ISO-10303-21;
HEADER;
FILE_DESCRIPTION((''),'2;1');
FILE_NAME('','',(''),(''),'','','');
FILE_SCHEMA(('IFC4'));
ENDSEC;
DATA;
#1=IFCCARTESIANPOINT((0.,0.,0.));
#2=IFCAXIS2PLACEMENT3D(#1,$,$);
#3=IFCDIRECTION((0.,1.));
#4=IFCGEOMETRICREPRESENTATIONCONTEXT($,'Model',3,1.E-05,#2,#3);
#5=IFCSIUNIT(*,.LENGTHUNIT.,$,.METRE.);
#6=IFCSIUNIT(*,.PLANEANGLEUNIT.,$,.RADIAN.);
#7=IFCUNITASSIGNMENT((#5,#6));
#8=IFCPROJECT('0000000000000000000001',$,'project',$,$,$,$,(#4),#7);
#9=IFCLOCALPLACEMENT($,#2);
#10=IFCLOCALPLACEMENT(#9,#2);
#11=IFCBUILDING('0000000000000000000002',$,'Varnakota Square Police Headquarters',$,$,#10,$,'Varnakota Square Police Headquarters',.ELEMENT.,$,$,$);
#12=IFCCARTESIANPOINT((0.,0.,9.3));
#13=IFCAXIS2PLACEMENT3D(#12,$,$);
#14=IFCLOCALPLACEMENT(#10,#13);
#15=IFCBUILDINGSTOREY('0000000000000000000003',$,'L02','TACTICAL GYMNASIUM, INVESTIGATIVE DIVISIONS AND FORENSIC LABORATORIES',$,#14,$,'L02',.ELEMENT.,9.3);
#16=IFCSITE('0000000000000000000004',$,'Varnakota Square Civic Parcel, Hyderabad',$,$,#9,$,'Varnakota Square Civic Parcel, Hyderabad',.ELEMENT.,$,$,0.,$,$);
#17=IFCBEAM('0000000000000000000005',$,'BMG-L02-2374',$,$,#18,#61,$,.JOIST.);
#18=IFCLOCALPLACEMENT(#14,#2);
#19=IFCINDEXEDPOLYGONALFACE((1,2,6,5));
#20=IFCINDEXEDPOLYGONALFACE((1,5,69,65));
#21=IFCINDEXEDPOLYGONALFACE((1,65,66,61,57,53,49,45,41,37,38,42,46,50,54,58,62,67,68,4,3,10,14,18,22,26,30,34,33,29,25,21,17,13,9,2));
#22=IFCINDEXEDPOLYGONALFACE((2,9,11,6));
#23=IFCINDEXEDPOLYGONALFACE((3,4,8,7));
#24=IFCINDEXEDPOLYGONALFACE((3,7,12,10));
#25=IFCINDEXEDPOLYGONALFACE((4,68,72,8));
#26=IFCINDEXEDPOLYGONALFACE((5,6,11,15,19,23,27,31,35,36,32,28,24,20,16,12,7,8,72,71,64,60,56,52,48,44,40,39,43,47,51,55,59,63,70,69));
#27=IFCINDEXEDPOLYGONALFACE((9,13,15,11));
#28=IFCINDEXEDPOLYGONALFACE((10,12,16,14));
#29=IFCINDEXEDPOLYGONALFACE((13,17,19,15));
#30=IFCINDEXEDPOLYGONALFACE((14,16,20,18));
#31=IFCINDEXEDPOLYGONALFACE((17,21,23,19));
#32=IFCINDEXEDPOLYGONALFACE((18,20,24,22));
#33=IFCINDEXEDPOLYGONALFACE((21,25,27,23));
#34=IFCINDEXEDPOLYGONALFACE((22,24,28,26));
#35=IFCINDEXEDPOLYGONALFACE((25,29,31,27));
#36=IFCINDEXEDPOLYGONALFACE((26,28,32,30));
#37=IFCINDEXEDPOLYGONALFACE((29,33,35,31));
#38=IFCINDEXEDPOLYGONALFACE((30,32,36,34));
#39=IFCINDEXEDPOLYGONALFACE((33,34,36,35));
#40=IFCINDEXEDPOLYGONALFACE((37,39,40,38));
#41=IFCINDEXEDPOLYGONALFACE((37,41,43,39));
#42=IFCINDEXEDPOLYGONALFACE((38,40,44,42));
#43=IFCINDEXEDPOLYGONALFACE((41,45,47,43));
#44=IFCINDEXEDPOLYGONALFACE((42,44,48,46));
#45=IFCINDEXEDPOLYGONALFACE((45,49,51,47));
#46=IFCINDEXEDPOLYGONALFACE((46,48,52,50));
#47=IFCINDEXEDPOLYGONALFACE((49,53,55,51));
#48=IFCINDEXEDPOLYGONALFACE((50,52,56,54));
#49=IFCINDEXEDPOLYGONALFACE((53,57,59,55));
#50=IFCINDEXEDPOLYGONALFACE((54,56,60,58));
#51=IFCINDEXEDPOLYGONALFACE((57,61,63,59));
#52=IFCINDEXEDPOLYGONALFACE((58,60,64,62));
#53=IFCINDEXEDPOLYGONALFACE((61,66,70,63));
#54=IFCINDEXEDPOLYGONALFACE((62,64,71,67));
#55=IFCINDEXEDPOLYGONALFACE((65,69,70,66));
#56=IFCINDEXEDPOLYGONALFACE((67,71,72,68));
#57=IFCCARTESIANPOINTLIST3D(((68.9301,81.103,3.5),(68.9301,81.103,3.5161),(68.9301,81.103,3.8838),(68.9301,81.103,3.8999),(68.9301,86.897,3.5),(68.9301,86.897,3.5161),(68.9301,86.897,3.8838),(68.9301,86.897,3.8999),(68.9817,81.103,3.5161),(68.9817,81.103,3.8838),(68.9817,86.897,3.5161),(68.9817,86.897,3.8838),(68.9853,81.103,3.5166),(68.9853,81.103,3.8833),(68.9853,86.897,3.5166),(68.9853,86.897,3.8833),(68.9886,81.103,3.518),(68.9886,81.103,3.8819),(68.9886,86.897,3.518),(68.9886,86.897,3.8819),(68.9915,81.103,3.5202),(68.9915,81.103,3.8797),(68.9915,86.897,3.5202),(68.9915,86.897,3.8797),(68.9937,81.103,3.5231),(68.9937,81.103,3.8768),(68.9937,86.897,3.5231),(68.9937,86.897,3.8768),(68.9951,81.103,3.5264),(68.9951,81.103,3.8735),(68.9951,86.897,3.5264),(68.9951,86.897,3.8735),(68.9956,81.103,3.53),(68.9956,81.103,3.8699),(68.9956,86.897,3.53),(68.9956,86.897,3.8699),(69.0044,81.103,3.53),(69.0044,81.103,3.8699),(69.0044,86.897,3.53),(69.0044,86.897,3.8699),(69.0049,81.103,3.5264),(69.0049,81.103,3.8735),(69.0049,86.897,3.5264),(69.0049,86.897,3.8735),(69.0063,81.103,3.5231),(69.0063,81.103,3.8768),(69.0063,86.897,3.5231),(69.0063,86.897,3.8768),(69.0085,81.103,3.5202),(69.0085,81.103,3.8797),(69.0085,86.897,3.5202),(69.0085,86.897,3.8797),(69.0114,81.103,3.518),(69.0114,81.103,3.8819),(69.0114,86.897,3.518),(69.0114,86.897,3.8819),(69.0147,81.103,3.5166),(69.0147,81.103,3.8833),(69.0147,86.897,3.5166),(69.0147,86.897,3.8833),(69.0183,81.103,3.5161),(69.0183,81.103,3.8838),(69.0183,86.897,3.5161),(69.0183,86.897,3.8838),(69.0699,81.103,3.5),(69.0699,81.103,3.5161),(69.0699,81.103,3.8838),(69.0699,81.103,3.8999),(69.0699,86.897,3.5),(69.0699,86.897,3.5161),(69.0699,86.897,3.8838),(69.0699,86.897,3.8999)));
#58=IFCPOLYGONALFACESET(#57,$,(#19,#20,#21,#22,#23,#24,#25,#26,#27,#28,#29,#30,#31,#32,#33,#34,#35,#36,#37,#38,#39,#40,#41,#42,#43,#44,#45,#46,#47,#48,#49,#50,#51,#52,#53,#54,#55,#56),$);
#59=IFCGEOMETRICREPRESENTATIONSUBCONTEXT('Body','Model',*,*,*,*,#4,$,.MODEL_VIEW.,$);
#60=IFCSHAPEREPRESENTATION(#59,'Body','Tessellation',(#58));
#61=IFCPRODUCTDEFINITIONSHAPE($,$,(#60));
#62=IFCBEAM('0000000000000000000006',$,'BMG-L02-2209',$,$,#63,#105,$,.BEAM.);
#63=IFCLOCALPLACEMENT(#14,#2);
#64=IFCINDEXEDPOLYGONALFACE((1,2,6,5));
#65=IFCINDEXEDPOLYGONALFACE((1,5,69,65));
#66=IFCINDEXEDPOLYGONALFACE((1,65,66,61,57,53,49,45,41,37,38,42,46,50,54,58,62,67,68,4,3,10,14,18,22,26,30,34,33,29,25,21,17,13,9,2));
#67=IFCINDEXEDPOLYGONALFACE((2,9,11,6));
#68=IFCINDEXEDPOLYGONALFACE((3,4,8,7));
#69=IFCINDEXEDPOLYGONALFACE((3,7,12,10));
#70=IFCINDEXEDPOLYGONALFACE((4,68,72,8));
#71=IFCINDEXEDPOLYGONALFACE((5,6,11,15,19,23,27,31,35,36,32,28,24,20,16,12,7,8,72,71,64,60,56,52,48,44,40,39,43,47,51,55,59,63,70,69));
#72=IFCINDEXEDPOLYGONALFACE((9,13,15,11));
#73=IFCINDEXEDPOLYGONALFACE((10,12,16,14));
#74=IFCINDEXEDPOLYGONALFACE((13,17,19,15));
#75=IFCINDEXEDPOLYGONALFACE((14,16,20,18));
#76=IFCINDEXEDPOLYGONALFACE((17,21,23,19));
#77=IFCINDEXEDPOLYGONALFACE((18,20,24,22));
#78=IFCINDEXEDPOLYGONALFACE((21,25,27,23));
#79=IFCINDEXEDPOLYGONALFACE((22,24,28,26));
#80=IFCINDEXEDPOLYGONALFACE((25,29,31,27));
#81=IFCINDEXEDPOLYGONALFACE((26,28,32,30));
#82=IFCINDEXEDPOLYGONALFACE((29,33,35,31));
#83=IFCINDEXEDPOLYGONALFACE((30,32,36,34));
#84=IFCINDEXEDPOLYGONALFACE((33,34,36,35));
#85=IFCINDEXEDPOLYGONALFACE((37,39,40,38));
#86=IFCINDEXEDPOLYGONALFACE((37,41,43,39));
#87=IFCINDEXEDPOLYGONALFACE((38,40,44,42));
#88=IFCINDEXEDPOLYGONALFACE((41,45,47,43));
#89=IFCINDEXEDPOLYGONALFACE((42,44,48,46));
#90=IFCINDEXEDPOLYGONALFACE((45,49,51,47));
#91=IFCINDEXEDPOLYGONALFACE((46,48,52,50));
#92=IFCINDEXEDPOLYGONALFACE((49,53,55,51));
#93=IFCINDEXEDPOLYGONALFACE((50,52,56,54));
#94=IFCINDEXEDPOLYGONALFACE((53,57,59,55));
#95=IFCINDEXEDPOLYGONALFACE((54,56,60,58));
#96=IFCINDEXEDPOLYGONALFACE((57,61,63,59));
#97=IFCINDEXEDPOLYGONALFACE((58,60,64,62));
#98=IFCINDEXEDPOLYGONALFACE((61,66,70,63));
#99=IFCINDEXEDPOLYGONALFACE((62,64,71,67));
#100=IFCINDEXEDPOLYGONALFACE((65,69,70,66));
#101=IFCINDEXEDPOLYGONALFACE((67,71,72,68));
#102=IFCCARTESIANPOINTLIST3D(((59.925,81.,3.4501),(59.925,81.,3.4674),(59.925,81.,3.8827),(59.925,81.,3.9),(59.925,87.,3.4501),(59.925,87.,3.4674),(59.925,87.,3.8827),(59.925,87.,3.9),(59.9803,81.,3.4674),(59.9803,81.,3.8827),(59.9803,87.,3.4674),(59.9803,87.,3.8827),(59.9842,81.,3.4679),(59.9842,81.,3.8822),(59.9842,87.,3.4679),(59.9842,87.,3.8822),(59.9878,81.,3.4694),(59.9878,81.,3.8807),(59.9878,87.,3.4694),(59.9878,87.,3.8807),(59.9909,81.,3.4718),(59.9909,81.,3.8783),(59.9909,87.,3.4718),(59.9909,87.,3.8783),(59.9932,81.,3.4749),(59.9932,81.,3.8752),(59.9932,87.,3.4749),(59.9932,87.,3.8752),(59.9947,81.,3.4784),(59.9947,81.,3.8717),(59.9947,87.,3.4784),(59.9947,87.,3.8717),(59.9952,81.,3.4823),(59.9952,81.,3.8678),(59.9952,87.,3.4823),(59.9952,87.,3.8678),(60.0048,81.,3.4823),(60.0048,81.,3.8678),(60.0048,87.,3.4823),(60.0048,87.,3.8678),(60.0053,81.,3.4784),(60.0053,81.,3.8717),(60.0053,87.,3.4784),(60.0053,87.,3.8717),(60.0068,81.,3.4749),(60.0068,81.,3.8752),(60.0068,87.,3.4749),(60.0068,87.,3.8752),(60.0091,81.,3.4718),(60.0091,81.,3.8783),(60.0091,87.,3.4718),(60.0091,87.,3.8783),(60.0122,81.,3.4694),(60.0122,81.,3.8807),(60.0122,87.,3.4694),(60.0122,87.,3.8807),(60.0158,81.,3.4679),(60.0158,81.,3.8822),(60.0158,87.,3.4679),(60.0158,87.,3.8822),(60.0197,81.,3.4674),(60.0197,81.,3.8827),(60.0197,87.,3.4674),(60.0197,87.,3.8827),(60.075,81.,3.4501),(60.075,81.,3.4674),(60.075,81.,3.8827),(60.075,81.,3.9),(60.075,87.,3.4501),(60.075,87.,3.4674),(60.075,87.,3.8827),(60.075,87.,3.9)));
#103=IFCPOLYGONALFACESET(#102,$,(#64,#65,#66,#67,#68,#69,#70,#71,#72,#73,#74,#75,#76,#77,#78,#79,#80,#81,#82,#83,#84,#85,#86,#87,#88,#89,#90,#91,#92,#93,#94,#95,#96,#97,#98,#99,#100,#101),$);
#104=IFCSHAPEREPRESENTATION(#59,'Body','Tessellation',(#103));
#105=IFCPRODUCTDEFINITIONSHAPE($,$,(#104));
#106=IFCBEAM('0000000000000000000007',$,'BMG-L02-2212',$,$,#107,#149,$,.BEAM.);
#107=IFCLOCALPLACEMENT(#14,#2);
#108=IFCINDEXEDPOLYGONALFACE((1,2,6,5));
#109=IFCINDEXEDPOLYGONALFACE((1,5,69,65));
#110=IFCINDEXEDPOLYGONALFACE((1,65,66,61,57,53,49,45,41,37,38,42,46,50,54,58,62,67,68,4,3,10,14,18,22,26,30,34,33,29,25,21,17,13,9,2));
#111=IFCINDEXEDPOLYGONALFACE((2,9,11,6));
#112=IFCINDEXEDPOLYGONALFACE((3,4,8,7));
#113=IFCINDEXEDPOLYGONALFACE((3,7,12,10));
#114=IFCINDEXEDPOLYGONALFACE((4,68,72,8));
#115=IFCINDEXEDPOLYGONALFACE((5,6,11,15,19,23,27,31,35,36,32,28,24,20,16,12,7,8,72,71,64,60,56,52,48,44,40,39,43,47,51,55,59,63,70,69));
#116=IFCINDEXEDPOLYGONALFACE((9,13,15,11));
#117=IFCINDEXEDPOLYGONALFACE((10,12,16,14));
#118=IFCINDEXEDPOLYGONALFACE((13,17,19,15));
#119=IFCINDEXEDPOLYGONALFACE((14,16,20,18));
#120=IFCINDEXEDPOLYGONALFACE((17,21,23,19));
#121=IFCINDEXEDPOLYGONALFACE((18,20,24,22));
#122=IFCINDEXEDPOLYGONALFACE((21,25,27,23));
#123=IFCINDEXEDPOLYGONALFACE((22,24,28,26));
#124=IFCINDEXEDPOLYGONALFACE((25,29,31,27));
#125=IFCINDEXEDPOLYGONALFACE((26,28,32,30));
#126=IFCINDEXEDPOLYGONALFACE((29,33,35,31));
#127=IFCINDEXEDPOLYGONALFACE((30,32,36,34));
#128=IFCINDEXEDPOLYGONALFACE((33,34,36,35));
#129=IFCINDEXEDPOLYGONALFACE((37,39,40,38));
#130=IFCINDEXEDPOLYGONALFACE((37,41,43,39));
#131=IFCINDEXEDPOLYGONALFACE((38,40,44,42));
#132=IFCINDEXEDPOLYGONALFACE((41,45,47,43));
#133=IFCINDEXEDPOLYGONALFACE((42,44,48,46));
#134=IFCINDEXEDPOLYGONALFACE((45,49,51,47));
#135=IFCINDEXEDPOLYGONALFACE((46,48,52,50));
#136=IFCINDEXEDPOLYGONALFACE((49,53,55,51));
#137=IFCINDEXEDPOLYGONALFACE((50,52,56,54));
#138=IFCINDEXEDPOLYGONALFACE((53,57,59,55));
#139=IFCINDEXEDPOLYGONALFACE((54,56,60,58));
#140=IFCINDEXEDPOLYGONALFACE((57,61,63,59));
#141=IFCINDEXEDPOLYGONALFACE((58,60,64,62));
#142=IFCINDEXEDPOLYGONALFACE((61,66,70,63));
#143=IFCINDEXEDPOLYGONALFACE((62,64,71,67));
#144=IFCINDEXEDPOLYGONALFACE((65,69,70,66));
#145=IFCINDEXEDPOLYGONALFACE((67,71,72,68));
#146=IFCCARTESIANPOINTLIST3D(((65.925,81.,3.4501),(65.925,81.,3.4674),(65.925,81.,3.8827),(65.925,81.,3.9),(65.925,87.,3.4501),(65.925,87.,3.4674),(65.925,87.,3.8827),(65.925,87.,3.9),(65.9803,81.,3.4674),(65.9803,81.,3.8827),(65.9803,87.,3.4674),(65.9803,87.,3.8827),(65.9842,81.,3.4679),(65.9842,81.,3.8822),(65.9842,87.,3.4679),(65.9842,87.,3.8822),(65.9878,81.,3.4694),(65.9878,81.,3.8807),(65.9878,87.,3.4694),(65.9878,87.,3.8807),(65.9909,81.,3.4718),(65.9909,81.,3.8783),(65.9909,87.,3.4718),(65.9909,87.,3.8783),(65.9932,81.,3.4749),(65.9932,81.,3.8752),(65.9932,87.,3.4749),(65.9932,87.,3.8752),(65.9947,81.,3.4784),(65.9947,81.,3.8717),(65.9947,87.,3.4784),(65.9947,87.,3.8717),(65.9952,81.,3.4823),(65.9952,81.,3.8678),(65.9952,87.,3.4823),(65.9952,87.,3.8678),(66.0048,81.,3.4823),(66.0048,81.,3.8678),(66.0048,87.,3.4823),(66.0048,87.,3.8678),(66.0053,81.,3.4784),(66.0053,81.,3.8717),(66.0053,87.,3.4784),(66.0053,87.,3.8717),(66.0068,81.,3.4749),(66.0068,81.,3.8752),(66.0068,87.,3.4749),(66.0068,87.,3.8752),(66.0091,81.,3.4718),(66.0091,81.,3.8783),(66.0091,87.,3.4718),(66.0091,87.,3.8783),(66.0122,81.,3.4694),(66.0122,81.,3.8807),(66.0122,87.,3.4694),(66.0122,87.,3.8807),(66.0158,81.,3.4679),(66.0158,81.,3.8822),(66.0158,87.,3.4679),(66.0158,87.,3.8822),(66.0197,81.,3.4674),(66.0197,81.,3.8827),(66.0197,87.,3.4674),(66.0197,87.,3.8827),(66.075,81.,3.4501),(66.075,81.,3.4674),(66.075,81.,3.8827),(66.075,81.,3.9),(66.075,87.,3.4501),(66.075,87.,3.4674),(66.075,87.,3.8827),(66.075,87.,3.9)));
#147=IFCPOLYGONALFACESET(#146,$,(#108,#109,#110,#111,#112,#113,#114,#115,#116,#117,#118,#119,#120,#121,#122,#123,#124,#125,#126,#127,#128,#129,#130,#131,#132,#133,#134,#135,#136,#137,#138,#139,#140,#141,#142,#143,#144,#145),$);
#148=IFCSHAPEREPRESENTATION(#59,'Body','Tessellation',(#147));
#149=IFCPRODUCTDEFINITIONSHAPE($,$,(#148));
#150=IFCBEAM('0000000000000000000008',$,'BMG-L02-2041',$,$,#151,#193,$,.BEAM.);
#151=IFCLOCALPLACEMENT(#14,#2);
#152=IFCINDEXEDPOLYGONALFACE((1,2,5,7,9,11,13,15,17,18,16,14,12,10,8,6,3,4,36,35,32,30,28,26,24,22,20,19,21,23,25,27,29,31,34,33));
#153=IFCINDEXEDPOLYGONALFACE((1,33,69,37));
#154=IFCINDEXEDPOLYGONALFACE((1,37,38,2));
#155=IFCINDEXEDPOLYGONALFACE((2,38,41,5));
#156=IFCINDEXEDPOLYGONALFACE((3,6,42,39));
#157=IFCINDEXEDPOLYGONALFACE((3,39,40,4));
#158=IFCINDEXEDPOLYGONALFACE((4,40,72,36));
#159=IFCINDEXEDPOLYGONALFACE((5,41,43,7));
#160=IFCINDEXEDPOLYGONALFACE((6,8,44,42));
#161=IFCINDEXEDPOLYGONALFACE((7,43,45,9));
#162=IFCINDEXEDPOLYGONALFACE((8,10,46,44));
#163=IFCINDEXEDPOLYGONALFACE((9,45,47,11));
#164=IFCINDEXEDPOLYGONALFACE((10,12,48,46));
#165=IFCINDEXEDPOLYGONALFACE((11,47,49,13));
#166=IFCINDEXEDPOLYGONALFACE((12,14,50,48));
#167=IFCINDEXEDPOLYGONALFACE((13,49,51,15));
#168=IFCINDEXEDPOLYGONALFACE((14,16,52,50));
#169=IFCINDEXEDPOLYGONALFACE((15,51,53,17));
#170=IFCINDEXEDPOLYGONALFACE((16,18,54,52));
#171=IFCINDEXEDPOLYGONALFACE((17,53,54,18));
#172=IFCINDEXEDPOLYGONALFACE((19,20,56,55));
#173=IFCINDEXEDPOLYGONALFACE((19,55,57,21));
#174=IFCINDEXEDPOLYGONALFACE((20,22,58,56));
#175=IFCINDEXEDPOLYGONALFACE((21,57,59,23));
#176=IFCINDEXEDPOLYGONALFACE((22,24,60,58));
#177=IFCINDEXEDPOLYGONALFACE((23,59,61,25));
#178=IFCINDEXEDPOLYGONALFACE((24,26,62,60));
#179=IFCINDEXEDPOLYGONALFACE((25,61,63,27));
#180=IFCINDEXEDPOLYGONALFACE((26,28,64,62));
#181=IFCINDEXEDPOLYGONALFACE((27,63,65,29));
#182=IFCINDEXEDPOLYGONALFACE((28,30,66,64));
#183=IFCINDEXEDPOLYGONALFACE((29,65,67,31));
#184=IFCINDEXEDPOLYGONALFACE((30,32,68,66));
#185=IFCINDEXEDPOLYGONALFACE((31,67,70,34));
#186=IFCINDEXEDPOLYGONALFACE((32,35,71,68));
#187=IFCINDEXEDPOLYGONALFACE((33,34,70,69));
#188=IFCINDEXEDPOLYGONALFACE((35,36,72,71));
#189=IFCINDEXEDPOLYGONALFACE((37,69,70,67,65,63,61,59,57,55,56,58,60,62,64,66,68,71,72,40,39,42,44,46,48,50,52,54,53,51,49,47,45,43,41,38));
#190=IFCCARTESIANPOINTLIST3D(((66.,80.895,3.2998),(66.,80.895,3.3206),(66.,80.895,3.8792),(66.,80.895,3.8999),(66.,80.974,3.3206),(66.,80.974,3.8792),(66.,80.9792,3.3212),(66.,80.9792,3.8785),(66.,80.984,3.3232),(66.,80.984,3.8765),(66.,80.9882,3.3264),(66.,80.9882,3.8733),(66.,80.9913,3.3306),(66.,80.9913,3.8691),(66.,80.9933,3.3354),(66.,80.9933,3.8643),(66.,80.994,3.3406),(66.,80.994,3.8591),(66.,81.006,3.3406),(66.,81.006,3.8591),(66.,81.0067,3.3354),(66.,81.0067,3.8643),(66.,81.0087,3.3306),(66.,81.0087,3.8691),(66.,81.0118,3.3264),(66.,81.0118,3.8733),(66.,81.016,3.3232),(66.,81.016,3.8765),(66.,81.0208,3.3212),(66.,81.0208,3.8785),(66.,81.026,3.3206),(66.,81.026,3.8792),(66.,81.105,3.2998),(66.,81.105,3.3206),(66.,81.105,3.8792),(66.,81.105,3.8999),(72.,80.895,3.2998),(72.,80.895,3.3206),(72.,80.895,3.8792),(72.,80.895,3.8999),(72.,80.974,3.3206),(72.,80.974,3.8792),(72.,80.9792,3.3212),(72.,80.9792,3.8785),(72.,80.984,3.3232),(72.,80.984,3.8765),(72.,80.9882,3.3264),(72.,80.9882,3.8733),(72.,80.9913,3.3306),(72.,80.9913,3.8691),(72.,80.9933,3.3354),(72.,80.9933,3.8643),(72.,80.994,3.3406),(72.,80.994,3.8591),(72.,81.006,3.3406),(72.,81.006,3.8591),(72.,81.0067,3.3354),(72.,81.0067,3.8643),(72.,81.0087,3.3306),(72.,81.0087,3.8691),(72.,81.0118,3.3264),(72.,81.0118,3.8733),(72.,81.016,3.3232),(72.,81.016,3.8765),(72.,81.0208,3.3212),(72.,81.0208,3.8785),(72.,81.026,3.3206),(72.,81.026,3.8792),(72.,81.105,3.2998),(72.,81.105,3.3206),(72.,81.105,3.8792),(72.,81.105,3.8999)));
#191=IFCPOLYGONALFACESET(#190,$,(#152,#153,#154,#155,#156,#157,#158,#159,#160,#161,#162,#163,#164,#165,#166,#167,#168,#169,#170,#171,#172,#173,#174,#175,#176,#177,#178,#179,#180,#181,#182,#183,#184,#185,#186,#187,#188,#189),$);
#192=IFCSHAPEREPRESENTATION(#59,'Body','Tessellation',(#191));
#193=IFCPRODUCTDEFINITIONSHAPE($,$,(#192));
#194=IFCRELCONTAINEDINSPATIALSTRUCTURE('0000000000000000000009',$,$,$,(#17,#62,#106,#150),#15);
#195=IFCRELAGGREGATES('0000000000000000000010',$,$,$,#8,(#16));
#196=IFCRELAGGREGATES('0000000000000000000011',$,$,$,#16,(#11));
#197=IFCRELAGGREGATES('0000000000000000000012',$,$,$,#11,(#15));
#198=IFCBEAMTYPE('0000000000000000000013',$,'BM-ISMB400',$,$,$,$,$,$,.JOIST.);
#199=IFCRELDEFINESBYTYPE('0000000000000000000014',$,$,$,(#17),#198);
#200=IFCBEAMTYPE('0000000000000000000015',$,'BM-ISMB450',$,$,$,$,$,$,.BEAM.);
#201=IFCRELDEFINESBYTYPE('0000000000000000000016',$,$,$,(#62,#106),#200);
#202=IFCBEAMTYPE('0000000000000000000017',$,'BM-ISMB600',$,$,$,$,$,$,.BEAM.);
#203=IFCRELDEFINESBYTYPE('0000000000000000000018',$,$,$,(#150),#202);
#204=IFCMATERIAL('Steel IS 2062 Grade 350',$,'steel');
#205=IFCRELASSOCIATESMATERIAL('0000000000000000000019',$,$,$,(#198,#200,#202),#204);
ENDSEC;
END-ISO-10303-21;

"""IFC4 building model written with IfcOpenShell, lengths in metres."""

from ifc_helpers import new_model, si_unit, direction, frame, origin, origin_2d, place, context, subcontext, project, spatial, i_section, extrude, material, material_profile, profile_set, type_object, element, save


model = new_model("IFC4")

# Units and contexts
model_context = context("Model", 3, precision=1e-05, world=origin(), true_north=direction((0.0, 1.0)))
body_context = subcontext(model_context, "Body", "Model", "MODEL_VIEW")
ifc_project = project(units=[si_unit("LENGTHUNIT", "METRE"), si_unit("PLANEANGLEUNIT", "RADIAN")], contexts=[model_context])

# Site, building, storey
site_placement = place(None, origin())
site = spatial("IfcSite", under=ifc_project, at=site_placement, Name="Varnakota Square Civic Parcel, Hyderabad", LongName="Varnakota Square Civic Parcel, Hyderabad", CompositionType="ELEMENT", RefElevation=0.0)
building_placement = place(site_placement, origin())
building = spatial("IfcBuilding", under=site, at=building_placement, Name="Varnakota Square Police Headquarters", LongName="Varnakota Square Police Headquarters", CompositionType="ELEMENT")
storey_placement = place(building_placement, frame((0.0, 0.0, 9.3)))
storey = spatial("IfcBuildingStorey", under=building, at=storey_placement, Name="L02", Description="TACTICAL GYMNASIUM, INVESTIGATIVE DIVISIONS AND FORENSIC LABORATORIES", LongName="L02", CompositionType="ELEMENT", Elevation=9.3)

# Shared definitions
ifc_material_1 = material(Name="Steel IS 2062 Grade 350", Category="steel")

# Beams
ifc_material_profile_1 = material_profile(ifc_material_1, i_section(OverallWidth=0.1399, OverallDepth=0.3999, WebThickness=0.0088, FlangeThickness=0.0161, FilletRadius=0.0139, at=origin_2d()), Name="ISMB 400")
ifc_profile_set_1 = profile_set([ifc_material_profile_1], Name="Steel IS 2062 Grade 350")
beam_type_1 = type_object("IfcBeamType", Name="BM-ISMB400", PredefinedType="JOIST", material=ifc_profile_set_1)
beam_1_placement = place(storey_placement, frame((69.0, 81.103, 3.7), z_axis=(0.0, 1.0, 0.0), x_axis=(-1.0, 0.0, 0.0)))
element("IfcBeam", 1, at=beam_1_placement, inside=storey, type_object=beam_type_1, Name="BMG-L02-2374", PredefinedType="JOIST", context=body_context, shape_type="SweptSolid", body=[
    extrude(i_section(OverallWidth=0.1399, OverallDepth=0.3999, WebThickness=0.0088, FlangeThickness=0.0161, FilletRadius=0.0139, at=origin_2d()), origin(), (0.0, 0.0, 1.0), 5.7939),
])
ifc_material_profile_2 = material_profile(ifc_material_1, i_section(OverallWidth=0.1499, OverallDepth=0.45, WebThickness=0.0095, FlangeThickness=0.0173, FilletRadius=0.0149, at=origin_2d()), Name="ISMB 450")
ifc_profile_set_2 = profile_set([ifc_material_profile_2], Name="Steel IS 2062 Grade 350")
beam_type_2 = type_object("IfcBeamType", Name="BM-ISMB450", PredefinedType="BEAM", material=ifc_profile_set_2)
for number, where, z_axis, x_axis, name in (
    (2, (60.0, 81.0, 3.675), (0.0, 1.0, 0.0), (-1.0, 0.0, 0.0), "BMG-L02-2209"),
    (3, (66.0, 81.0, 3.675), (0.0, 1.0, 0.0), (-1.0, 0.0, 0.0), "BMG-L02-2212"),
):
    element("IfcBeam", number, at=place(storey_placement, frame(where, z_axis=z_axis, x_axis=x_axis)), inside=storey, type_object=beam_type_2, Name=name, PredefinedType="BEAM", context=body_context, shape_type="SweptSolid", body=[
        extrude(i_section(OverallWidth=0.1499, OverallDepth=0.45, WebThickness=0.0095, FlangeThickness=0.0173, FilletRadius=0.0149, at=origin_2d()), origin(), (0.0, 0.0, 1.0), 6.0),
    ])
ifc_material_profile_3 = material_profile(ifc_material_1, i_section(OverallWidth=0.21, OverallDepth=0.6001, WebThickness=0.012, FlangeThickness=0.0208, FilletRadius=0.02, at=origin_2d()), Name="ISMB 600")
ifc_profile_set_3 = profile_set([ifc_material_profile_3], Name="Steel IS 2062 Grade 350")
beam_type_3 = type_object("IfcBeamType", Name="BM-ISMB600", PredefinedType="BEAM", material=ifc_profile_set_3)
beam_2_placement = place(storey_placement, frame((66.0, 81.0, 3.5999), z_axis=(1.0, 0.0, 0.0), x_axis=(0.0, 1.0, 0.0)))
element("IfcBeam", 4, at=beam_2_placement, inside=storey, type_object=beam_type_3, Name="BMG-L02-2041", PredefinedType="BEAM", context=body_context, shape_type="SweptSolid", body=[
    extrude(i_section(OverallWidth=0.21, OverallDepth=0.6001, WebThickness=0.012, FlangeThickness=0.0208, FilletRadius=0.02, at=origin_2d()), origin(), (0.0, 0.0, 1.0), 6.0),
])

save(model, "model.ifc")
